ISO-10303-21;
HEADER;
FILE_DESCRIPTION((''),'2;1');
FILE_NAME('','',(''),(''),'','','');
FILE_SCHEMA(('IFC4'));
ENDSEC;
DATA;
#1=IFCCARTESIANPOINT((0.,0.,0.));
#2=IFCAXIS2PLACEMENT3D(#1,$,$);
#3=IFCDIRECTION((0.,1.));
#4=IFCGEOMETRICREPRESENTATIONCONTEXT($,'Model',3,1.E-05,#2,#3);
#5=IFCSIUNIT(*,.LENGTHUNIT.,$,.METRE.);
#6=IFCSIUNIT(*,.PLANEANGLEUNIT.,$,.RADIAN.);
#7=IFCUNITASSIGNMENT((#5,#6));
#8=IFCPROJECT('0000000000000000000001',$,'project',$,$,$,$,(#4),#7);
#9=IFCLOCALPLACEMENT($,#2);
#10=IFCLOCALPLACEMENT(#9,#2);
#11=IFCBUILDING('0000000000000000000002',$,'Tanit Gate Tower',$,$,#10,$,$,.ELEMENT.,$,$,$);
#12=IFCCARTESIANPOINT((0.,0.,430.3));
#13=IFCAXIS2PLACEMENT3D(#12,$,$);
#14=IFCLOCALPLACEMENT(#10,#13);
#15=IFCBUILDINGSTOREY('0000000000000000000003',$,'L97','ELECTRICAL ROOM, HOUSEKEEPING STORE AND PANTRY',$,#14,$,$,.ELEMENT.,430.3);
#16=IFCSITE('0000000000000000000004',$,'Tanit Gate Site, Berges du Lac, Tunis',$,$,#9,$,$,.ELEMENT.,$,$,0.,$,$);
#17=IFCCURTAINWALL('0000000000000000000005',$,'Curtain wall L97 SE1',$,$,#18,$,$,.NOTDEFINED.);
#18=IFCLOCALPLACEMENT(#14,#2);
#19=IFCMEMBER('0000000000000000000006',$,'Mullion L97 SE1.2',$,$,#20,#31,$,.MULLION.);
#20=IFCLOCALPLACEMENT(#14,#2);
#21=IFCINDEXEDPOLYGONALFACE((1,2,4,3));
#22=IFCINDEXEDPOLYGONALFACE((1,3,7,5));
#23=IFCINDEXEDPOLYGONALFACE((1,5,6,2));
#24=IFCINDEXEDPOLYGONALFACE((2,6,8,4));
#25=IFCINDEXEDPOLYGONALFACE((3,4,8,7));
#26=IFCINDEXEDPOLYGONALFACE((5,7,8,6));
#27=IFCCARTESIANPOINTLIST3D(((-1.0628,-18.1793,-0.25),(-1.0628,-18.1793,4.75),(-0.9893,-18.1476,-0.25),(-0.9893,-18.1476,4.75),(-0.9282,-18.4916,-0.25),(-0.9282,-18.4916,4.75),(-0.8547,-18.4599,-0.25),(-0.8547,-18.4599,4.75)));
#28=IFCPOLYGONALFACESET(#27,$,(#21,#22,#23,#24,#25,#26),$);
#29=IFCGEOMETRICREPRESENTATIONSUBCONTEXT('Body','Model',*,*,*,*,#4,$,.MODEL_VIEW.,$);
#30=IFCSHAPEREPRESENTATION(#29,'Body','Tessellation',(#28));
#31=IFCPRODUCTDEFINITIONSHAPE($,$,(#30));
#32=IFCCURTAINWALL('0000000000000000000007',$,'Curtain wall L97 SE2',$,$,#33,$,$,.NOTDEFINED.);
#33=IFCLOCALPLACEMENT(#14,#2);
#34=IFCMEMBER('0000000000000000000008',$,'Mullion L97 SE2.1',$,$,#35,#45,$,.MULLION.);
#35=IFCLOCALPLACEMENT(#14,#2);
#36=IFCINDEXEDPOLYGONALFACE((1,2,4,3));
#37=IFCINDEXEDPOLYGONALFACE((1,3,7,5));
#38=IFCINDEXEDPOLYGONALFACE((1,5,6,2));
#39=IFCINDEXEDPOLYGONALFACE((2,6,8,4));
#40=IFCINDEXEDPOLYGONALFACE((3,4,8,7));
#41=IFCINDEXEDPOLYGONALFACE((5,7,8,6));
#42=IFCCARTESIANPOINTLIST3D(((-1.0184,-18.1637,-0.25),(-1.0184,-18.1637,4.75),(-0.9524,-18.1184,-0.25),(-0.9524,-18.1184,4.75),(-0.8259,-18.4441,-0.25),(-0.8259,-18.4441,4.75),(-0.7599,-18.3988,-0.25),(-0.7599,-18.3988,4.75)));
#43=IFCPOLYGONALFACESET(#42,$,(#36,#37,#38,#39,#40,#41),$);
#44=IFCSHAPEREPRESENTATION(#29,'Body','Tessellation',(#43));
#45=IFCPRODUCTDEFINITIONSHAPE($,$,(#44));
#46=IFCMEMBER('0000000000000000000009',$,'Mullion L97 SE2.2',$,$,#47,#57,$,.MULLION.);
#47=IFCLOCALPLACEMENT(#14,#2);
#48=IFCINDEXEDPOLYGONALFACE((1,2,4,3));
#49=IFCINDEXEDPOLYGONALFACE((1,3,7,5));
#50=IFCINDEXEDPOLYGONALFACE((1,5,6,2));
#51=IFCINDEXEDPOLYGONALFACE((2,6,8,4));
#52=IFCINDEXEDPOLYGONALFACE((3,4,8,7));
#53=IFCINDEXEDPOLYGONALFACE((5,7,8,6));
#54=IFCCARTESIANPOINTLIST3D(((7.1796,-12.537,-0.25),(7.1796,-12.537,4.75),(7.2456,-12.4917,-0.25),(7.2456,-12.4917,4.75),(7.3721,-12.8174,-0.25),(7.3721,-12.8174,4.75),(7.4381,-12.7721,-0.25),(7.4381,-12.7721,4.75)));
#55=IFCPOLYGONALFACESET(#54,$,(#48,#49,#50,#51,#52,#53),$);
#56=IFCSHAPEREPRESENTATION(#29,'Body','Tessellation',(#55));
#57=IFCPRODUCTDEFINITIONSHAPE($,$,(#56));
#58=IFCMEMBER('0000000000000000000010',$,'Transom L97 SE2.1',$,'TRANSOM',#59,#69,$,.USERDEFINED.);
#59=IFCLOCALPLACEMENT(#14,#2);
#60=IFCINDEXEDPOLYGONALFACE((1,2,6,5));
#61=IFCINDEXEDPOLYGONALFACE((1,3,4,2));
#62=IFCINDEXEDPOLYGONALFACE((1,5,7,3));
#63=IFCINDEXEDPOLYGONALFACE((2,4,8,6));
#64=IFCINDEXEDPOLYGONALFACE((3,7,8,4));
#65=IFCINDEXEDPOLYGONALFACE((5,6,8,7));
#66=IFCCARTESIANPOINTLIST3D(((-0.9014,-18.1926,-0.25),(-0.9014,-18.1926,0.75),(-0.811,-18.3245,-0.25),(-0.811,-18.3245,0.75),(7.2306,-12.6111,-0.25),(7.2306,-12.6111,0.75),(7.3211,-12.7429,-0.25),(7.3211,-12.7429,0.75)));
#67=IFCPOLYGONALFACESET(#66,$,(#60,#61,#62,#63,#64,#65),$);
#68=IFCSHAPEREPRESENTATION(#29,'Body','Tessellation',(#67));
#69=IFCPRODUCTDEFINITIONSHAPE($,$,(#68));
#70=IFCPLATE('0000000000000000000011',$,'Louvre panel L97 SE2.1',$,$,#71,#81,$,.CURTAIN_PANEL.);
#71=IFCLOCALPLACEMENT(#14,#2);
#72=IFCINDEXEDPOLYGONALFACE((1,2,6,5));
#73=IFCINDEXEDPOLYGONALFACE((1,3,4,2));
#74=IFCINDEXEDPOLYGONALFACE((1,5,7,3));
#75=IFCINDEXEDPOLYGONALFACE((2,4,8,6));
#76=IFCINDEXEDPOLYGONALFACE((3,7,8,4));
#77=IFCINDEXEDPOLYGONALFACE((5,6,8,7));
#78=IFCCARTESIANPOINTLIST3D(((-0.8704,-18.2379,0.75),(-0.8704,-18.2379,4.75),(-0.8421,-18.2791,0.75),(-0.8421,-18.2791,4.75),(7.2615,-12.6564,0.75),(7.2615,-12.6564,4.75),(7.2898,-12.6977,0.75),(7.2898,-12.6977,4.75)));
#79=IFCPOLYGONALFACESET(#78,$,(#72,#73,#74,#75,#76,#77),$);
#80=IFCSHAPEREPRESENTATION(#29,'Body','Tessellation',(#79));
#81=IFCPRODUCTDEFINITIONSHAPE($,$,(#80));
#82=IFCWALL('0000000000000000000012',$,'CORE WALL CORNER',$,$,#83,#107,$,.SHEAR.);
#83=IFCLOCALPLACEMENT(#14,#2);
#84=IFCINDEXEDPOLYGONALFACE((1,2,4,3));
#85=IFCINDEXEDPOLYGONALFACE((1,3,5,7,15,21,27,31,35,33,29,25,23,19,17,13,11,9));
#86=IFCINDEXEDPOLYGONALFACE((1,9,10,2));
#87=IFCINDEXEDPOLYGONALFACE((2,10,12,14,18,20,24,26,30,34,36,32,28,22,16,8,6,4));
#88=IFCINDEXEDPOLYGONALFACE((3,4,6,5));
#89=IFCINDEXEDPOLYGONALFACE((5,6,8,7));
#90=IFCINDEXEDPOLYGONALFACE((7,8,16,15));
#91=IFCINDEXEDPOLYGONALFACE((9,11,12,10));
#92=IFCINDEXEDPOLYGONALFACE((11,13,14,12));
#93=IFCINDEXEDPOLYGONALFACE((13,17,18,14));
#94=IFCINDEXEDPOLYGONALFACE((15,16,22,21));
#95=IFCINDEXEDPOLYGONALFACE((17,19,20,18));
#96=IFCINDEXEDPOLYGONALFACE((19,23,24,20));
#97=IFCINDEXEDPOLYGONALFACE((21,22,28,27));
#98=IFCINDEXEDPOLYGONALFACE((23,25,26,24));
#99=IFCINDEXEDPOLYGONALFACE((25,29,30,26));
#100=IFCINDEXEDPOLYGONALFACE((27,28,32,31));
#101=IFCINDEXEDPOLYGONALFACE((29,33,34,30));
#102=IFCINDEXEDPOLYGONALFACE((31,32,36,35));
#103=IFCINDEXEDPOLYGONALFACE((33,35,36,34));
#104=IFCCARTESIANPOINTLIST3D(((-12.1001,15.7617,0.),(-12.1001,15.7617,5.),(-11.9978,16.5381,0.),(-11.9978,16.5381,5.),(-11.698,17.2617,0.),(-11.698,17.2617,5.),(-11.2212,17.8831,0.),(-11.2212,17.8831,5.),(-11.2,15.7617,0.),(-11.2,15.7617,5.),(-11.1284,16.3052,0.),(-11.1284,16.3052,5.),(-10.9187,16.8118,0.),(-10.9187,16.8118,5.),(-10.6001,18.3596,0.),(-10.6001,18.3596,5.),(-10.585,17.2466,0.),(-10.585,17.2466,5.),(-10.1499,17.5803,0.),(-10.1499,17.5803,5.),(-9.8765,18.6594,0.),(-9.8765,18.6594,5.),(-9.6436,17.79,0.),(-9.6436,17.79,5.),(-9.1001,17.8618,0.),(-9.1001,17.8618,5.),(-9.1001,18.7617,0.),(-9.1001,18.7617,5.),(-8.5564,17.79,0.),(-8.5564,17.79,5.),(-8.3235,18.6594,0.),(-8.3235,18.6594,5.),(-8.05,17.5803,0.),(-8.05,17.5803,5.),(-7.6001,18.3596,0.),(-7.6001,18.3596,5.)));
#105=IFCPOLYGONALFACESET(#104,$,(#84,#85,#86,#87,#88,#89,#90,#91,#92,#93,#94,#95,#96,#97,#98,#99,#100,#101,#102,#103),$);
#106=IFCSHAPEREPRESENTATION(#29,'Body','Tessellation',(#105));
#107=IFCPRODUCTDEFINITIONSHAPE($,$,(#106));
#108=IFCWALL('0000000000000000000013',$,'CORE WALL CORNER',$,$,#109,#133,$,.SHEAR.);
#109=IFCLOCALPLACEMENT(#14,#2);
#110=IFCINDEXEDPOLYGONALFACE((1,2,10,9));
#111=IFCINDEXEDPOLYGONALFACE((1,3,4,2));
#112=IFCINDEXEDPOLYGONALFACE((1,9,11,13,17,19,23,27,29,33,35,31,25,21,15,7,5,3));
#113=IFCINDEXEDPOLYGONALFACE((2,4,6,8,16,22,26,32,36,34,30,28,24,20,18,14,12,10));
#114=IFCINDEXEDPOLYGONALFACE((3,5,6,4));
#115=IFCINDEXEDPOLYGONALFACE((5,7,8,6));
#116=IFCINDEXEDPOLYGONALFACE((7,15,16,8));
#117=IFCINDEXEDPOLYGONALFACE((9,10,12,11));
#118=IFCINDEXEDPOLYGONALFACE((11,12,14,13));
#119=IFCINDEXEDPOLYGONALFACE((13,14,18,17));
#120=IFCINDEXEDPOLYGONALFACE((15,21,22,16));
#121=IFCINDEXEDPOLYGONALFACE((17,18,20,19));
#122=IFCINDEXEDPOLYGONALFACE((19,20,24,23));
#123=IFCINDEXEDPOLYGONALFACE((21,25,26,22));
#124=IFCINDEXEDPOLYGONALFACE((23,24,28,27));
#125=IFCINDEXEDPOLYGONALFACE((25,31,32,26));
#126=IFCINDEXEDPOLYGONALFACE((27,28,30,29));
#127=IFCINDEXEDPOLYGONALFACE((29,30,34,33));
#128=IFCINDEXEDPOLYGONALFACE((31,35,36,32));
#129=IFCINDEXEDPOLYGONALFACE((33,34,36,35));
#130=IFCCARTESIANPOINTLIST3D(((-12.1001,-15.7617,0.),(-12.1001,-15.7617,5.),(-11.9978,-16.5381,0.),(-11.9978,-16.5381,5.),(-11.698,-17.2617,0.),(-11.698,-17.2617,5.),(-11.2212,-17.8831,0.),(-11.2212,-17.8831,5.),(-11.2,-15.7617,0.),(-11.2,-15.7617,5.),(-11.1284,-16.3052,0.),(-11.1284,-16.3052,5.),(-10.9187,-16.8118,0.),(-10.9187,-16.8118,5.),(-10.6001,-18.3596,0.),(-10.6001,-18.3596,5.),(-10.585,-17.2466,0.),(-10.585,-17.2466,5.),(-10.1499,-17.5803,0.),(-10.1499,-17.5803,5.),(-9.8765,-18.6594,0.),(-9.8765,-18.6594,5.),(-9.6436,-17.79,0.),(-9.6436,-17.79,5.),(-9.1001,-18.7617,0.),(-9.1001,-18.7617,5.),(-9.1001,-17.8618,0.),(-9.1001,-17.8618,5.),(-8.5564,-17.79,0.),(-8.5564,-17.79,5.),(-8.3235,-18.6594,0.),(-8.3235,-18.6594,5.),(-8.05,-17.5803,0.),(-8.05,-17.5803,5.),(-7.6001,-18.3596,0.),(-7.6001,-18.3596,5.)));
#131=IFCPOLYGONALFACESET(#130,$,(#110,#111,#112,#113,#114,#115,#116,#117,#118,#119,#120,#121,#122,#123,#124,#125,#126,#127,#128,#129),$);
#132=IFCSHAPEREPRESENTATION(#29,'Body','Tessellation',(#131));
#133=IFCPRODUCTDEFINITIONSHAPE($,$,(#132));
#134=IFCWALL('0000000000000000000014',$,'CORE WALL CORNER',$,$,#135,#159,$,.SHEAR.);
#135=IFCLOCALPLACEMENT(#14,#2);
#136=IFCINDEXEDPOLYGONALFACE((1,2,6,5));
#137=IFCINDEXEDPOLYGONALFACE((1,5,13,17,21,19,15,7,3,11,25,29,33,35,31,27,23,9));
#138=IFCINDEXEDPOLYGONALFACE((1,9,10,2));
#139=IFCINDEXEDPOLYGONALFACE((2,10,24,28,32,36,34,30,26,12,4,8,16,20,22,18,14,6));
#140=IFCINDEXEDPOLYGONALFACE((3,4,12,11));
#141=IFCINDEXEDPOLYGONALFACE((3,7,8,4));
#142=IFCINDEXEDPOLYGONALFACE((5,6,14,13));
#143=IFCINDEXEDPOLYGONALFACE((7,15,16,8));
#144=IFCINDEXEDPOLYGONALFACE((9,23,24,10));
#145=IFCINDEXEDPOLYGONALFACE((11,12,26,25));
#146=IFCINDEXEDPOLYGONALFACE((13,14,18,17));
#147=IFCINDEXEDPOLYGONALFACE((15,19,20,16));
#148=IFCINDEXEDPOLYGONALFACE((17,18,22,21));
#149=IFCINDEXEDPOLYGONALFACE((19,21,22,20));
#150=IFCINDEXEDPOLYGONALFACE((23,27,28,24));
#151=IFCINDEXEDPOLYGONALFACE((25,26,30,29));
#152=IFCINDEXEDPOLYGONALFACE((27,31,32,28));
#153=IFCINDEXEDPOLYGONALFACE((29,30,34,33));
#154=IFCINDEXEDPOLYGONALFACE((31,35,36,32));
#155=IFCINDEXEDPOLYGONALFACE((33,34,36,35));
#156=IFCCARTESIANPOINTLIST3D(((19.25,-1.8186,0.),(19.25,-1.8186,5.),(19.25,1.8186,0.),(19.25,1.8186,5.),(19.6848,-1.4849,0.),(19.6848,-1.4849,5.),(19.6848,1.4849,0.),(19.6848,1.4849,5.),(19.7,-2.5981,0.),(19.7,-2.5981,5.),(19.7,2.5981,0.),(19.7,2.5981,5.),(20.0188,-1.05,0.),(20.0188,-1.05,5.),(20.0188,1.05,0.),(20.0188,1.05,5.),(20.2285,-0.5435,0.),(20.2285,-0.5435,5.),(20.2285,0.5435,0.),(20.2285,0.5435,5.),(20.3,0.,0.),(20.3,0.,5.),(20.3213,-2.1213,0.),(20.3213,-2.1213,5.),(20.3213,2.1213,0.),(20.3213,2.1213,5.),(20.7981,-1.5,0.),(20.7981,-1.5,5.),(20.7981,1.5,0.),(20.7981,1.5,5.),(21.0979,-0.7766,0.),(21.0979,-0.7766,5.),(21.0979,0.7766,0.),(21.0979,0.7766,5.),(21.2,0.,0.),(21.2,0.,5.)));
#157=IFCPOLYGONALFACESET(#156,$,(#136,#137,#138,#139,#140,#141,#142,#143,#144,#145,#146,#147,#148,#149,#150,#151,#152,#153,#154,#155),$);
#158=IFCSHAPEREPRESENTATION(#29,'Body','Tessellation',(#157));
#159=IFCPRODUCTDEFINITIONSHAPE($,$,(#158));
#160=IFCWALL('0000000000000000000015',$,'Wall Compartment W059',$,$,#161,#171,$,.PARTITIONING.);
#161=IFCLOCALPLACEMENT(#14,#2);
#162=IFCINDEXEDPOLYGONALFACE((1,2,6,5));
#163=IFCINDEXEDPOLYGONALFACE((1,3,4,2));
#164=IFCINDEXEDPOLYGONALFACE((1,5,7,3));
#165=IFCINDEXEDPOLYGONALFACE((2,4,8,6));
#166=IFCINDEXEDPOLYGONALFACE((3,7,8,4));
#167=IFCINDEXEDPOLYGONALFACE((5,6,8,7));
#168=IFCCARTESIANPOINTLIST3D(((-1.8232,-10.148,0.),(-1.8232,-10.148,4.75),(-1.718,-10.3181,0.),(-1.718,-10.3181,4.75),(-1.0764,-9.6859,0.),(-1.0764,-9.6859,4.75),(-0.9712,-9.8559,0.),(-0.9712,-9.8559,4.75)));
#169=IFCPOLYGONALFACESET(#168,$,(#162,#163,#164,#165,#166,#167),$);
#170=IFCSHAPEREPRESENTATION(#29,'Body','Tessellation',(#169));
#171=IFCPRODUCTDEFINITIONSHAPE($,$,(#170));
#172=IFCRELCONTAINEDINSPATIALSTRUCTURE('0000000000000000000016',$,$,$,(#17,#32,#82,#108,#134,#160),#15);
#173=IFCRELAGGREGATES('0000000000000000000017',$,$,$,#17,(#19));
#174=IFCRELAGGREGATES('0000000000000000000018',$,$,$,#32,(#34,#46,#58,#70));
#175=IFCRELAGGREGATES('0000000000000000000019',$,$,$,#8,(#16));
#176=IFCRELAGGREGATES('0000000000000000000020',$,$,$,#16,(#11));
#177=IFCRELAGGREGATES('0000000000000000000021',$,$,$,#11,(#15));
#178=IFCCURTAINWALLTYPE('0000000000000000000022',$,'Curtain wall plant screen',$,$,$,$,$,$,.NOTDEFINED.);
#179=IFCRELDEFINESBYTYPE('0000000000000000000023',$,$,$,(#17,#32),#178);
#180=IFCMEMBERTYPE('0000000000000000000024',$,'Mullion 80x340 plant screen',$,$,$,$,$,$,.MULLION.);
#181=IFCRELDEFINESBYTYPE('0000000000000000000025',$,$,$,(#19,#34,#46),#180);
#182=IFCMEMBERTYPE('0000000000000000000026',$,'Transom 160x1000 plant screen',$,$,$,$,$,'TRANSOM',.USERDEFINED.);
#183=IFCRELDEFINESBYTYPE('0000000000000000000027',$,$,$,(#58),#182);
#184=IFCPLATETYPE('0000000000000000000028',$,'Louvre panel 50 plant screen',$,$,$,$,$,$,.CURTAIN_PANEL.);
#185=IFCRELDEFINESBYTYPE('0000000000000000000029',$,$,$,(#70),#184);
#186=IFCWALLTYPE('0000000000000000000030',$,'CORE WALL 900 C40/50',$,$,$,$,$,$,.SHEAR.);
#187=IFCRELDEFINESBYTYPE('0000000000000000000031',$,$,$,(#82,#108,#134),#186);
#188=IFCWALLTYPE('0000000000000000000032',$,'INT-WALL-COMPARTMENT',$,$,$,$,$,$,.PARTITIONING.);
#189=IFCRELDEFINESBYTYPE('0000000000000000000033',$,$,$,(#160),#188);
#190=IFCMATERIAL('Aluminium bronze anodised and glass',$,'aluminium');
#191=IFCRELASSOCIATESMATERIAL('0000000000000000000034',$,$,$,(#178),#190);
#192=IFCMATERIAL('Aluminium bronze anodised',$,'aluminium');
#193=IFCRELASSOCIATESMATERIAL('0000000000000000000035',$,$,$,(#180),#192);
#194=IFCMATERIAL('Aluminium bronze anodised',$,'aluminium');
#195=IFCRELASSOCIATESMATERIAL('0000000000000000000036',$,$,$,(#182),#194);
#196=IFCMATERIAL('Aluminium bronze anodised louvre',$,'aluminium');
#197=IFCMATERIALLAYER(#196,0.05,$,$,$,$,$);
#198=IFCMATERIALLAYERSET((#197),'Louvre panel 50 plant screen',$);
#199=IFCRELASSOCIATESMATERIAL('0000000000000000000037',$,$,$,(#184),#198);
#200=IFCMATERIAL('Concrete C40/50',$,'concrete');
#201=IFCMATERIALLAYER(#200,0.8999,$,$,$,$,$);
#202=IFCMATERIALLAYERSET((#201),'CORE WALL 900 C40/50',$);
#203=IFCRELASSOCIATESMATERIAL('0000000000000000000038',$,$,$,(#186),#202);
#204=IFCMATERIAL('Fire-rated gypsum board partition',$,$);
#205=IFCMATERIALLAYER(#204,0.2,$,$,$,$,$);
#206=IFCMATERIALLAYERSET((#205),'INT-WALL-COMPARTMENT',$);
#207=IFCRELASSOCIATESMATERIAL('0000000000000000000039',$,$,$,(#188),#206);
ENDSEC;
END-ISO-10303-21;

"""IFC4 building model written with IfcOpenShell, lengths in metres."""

from ifc_helpers import new_model, si_unit, direction, frame, frame_2d, origin, origin_2d, place, context, subcontext, project, spatial, polyline, rectangle, outline, extrude, material, layer, layer_set, material_profile, profile_set, type_object, element, aggregate, save


model = new_model("IFC4")

# Units and contexts
model_context = context("Model", 3, precision=1e-05, world=origin(), true_north=direction((0.0, 1.0)))
body_context = subcontext(model_context, "Body", "Model", "MODEL_VIEW")
ifc_project = project(units=[si_unit("LENGTHUNIT", "METRE"), si_unit("PLANEANGLEUNIT", "RADIAN")], contexts=[model_context])

# Site, building, storey
site_placement = place(None, origin())
site = spatial("IfcSite", under=ifc_project, at=site_placement, Name="Tanit Gate Site, Berges du Lac, Tunis", CompositionType="ELEMENT", RefElevation=0.0)
building_placement = place(site_placement, origin())
building = spatial("IfcBuilding", under=site, at=building_placement, Name="Tanit Gate Tower", CompositionType="ELEMENT")
storey_placement = place(building_placement, frame((0.0, 0.0, 430.3)))
storey = spatial("IfcBuildingStorey", under=building, at=storey_placement, Name="L97", Description="ELECTRICAL ROOM, HOUSEKEEPING STORE AND PANTRY", CompositionType="ELEMENT", Elevation=430.3)

# Curtain wall, member
ifc_material_1 = material(Name="Aluminium bronze anodised and glass", Category="aluminium")
curtain_wall_type = type_object("IfcCurtainWallType", Name="Curtain wall plant screen", PredefinedType="NOTDEFINED", material=ifc_material_1)
curtain_wall_1_placement = place(storey_placement, origin())
curtain_wall_1 = element("IfcCurtainWall", 1, at=curtain_wall_1_placement, inside=storey, type_object=curtain_wall_type, Name="Curtain wall L97 SE1", PredefinedType="NOTDEFINED")
ifc_material_2 = material(Name="Aluminium bronze anodised", Category="aluminium")
ifc_material_profile_1 = material_profile(ifc_material_2, rectangle(XDim=0.3401, YDim=0.0801, at=origin_2d()), Name="80x340 bronze mullion")
ifc_profile_set_1 = profile_set([ifc_material_profile_1], Name="Aluminium bronze anodised")
member_type_1 = type_object("IfcMemberType", Name="Mullion 80x340 plant screen", PredefinedType="MULLION", material=ifc_profile_set_1)
member_1_placement = place(storey_placement, frame((-0.9587, -18.3196, -0.25), z_axis=(0.0, 0.0, 1.0), x_axis=(-0.395871, 0.918306, 0.0)))
member_1 = element("IfcMember", 2, at=member_1_placement, type_object=member_type_1, Name="Mullion L97 SE1.2", PredefinedType="MULLION", context=body_context, shape_type="SweptSolid", body=[
    extrude(rectangle(XDim=0.3401, YDim=0.0801, at=origin_2d()), origin(), (0.0, 0.0, 1.0), 5.0),
])
aggregate(curtain_wall_1, [member_1])

# Curtain wall, members, plate
curtain_wall_2_placement = place(storey_placement, origin())
curtain_wall_2 = element("IfcCurtainWall", 3, at=curtain_wall_2_placement, inside=storey, type_object=curtain_wall_type, Name="Curtain wall L97 SE2", PredefinedType="NOTDEFINED")
member_2_placement = place(storey_placement, frame((-0.8892, -18.2812, -0.25), z_axis=(0.0, 0.0, 1.0), x_axis=(-0.565893, 0.824479, 0.0)))
member_2 = element("IfcMember", 4, at=member_2_placement, type_object=member_type_1, Name="Mullion L97 SE2.1", PredefinedType="MULLION", context=body_context, shape_type="SweptSolid", body=[
    extrude(rectangle(XDim=0.3401, YDim=0.0801, at=origin_2d()), origin(), (0.0, 0.0, 1.0), 5.0),
])
member_3_placement = place(storey_placement, frame((7.3088, -12.6545, -0.25), z_axis=(0.0, 0.0, 1.0), x_axis=(-0.565893, 0.824479, 0.0)))
member_3 = element("IfcMember", 5, at=member_3_placement, type_object=member_type_1, Name="Mullion L97 SE2.2", PredefinedType="MULLION", context=body_context, shape_type="SweptSolid", body=[
    extrude(rectangle(XDim=0.3401, YDim=0.0801, at=origin_2d()), origin(), (0.0, 0.0, 1.0), 5.0),
])
ifc_material_3 = material(Name="Aluminium bronze anodised", Category="aluminium")
ifc_material_profile_2 = material_profile(ifc_material_3, rectangle(XDim=0.1599, YDim=1.0, at=origin_2d()), Name="160x1000 bronze transom")
ifc_profile_set_2 = profile_set([ifc_material_profile_2], Name="Aluminium bronze anodised")
member_type_2 = type_object("IfcMemberType", Name="Transom 160x1000 plant screen", ElementType="TRANSOM", PredefinedType="USERDEFINED", material=ifc_profile_set_2)
member_4_placement = place(storey_placement, frame((-0.8562, -18.2585, 0.25), z_axis=(0.82448, 0.565891, 0.0), x_axis=(-0.565891, 0.82448, 0.0)))
member_4 = element("IfcMember", 6, at=member_4_placement, type_object=member_type_2, Name="Transom L97 SE2.1", ObjectType="TRANSOM", PredefinedType="USERDEFINED", context=body_context, shape_type="SweptSolid", body=[
    extrude(rectangle(XDim=0.1599, YDim=1.0, at=origin_2d()), origin(), (0.0, 0.0, 1.0), 9.8633),
])
ifc_material_4 = material(Name="Aluminium bronze anodised louvre", Category="aluminium")
ifc_layer_1 = layer(ifc_material_4, 0.05)
ifc_layer_set_1 = layer_set([ifc_layer_1], Name="Louvre panel 50 plant screen")
plate_type = type_object("IfcPlateType", Name="Louvre panel 50 plant screen", PredefinedType="CURTAIN_PANEL", material=ifc_layer_set_1)
plate_placement = place(storey_placement, frame((3.2097, -15.4678, 0.75), z_axis=(0.0, 0.0, 1.0), x_axis=(0.824479, 0.565893, 0.0)))
plate = element("IfcPlate", 7, at=plate_placement, type_object=plate_type, Name="Louvre panel L97 SE2.1", PredefinedType="CURTAIN_PANEL", context=body_context, shape_type="SweptSolid", body=[
    extrude(rectangle(XDim=9.863, YDim=0.05, at=origin_2d()), origin(), (0.0, 0.0, 1.0), 4.0),
])
aggregate(curtain_wall_2, [member_2, member_3, member_4, plate])

# Walls
ifc_material_5 = material(Name="Concrete C40/50", Category="concrete")
ifc_layer_2 = layer(ifc_material_5, 0.8999)
ifc_layer_set_2 = layer_set([ifc_layer_2], Name="CORE WALL 900 C40/50")
wall_type_1 = type_object("IfcWallType", Name="CORE WALL 900 C40/50", PredefinedType="SHEAR", material=ifc_layer_set_2)
wall_1_placement = place(storey_placement, origin())
element("IfcWall", 8, at=wall_1_placement, inside=storey, type_object=wall_type_1, Name="CORE WALL CORNER", PredefinedType="SHEAR", context=body_context, shape_type="SweptSolid", body=[
    extrude(outline(polyline([(-7.6001, 18.3596), (-8.3235, 18.6594), (-9.1001, 18.7617), (-9.8765, 18.6594), (-10.6001, 18.3596), (-11.2212, 17.8831), (-11.698, 17.2617), (-11.9978, 16.5381), (-12.1001, 15.7617), (-11.2, 15.7617), (-11.1284, 16.3052), (-10.9187, 16.8118), (-10.585, 17.2466), (-10.1499, 17.5803), (-9.6436, 17.79), (-9.1001, 17.8618), (-8.5564, 17.79), (-8.05, 17.5803), (-7.6001, 18.3596)])), origin(), (0.0, 0.0, 1.0), 5.0),
])
wall_2_placement = place(storey_placement, origin())
element("IfcWall", 9, at=wall_2_placement, inside=storey, type_object=wall_type_1, Name="CORE WALL CORNER", PredefinedType="SHEAR", context=body_context, shape_type="SweptSolid", body=[
    extrude(outline(polyline([(-12.1001, -15.7617), (-11.9978, -16.5381), (-11.698, -17.2617), (-11.2212, -17.8831), (-10.6001, -18.3596), (-9.8765, -18.6594), (-9.1001, -18.7617), (-8.3235, -18.6594), (-7.6001, -18.3596), (-8.05, -17.5803), (-8.5564, -17.79), (-9.1001, -17.8618), (-9.6436, -17.79), (-10.1499, -17.5803), (-10.585, -17.2466), (-10.9187, -16.8118), (-11.1284, -16.3052), (-11.2, -15.7617), (-12.1001, -15.7617)])), origin(), (0.0, 0.0, 1.0), 5.0),
])
wall_3_placement = place(storey_placement, origin())
element("IfcWall", 10, at=wall_3_placement, inside=storey, type_object=wall_type_1, Name="CORE WALL CORNER", PredefinedType="SHEAR", context=body_context, shape_type="SweptSolid", body=[
    extrude(outline(polyline([(19.7, -2.5981), (20.3213, -2.1213), (20.7981, -1.5), (21.0979, -0.7766), (21.2, 0.0), (21.0979, 0.7766), (20.7981, 1.5), (20.3213, 2.1213), (19.7, 2.5981), (19.25, 1.8186), (19.6848, 1.4849), (20.0188, 1.05), (20.2285, 0.5435), (20.3, 0.0), (20.2285, -0.5435), (20.0188, -1.05), (19.6848, -1.4849), (19.25, -1.8186), (19.7, -2.5981)])), origin(), (0.0, 0.0, 1.0), 5.0),
])
ifc_material_6 = material(Name="Fire-rated gypsum board partition")
ifc_layer_3 = layer(ifc_material_6, 0.2)
ifc_layer_set_3 = layer_set([ifc_layer_3], Name="INT-WALL-COMPARTMENT")
wall_type_2 = type_object("IfcWallType", Name="INT-WALL-COMPARTMENT", PredefinedType="PARTITIONING", material=ifc_layer_set_3)
wall_4_placement = place(storey_placement, frame((-1.0239, -9.771, 0.0), z_axis=(0.0, 0.0, 1.0), x_axis=(-0.850348, -0.526221, 0.0)))
element("IfcWall", 11, at=wall_4_placement, inside=storey, type_object=wall_type_2, Name="Wall Compartment W059", PredefinedType="PARTITIONING", context=body_context, shape_type="SweptSolid", body=[
    extrude(rectangle(XDim=0.8782, YDim=0.2, at=frame_2d((0.439, 0.0))), origin(), (0.0, 0.0, 1.0), 4.75),
])

save(model, "model.ifc")
